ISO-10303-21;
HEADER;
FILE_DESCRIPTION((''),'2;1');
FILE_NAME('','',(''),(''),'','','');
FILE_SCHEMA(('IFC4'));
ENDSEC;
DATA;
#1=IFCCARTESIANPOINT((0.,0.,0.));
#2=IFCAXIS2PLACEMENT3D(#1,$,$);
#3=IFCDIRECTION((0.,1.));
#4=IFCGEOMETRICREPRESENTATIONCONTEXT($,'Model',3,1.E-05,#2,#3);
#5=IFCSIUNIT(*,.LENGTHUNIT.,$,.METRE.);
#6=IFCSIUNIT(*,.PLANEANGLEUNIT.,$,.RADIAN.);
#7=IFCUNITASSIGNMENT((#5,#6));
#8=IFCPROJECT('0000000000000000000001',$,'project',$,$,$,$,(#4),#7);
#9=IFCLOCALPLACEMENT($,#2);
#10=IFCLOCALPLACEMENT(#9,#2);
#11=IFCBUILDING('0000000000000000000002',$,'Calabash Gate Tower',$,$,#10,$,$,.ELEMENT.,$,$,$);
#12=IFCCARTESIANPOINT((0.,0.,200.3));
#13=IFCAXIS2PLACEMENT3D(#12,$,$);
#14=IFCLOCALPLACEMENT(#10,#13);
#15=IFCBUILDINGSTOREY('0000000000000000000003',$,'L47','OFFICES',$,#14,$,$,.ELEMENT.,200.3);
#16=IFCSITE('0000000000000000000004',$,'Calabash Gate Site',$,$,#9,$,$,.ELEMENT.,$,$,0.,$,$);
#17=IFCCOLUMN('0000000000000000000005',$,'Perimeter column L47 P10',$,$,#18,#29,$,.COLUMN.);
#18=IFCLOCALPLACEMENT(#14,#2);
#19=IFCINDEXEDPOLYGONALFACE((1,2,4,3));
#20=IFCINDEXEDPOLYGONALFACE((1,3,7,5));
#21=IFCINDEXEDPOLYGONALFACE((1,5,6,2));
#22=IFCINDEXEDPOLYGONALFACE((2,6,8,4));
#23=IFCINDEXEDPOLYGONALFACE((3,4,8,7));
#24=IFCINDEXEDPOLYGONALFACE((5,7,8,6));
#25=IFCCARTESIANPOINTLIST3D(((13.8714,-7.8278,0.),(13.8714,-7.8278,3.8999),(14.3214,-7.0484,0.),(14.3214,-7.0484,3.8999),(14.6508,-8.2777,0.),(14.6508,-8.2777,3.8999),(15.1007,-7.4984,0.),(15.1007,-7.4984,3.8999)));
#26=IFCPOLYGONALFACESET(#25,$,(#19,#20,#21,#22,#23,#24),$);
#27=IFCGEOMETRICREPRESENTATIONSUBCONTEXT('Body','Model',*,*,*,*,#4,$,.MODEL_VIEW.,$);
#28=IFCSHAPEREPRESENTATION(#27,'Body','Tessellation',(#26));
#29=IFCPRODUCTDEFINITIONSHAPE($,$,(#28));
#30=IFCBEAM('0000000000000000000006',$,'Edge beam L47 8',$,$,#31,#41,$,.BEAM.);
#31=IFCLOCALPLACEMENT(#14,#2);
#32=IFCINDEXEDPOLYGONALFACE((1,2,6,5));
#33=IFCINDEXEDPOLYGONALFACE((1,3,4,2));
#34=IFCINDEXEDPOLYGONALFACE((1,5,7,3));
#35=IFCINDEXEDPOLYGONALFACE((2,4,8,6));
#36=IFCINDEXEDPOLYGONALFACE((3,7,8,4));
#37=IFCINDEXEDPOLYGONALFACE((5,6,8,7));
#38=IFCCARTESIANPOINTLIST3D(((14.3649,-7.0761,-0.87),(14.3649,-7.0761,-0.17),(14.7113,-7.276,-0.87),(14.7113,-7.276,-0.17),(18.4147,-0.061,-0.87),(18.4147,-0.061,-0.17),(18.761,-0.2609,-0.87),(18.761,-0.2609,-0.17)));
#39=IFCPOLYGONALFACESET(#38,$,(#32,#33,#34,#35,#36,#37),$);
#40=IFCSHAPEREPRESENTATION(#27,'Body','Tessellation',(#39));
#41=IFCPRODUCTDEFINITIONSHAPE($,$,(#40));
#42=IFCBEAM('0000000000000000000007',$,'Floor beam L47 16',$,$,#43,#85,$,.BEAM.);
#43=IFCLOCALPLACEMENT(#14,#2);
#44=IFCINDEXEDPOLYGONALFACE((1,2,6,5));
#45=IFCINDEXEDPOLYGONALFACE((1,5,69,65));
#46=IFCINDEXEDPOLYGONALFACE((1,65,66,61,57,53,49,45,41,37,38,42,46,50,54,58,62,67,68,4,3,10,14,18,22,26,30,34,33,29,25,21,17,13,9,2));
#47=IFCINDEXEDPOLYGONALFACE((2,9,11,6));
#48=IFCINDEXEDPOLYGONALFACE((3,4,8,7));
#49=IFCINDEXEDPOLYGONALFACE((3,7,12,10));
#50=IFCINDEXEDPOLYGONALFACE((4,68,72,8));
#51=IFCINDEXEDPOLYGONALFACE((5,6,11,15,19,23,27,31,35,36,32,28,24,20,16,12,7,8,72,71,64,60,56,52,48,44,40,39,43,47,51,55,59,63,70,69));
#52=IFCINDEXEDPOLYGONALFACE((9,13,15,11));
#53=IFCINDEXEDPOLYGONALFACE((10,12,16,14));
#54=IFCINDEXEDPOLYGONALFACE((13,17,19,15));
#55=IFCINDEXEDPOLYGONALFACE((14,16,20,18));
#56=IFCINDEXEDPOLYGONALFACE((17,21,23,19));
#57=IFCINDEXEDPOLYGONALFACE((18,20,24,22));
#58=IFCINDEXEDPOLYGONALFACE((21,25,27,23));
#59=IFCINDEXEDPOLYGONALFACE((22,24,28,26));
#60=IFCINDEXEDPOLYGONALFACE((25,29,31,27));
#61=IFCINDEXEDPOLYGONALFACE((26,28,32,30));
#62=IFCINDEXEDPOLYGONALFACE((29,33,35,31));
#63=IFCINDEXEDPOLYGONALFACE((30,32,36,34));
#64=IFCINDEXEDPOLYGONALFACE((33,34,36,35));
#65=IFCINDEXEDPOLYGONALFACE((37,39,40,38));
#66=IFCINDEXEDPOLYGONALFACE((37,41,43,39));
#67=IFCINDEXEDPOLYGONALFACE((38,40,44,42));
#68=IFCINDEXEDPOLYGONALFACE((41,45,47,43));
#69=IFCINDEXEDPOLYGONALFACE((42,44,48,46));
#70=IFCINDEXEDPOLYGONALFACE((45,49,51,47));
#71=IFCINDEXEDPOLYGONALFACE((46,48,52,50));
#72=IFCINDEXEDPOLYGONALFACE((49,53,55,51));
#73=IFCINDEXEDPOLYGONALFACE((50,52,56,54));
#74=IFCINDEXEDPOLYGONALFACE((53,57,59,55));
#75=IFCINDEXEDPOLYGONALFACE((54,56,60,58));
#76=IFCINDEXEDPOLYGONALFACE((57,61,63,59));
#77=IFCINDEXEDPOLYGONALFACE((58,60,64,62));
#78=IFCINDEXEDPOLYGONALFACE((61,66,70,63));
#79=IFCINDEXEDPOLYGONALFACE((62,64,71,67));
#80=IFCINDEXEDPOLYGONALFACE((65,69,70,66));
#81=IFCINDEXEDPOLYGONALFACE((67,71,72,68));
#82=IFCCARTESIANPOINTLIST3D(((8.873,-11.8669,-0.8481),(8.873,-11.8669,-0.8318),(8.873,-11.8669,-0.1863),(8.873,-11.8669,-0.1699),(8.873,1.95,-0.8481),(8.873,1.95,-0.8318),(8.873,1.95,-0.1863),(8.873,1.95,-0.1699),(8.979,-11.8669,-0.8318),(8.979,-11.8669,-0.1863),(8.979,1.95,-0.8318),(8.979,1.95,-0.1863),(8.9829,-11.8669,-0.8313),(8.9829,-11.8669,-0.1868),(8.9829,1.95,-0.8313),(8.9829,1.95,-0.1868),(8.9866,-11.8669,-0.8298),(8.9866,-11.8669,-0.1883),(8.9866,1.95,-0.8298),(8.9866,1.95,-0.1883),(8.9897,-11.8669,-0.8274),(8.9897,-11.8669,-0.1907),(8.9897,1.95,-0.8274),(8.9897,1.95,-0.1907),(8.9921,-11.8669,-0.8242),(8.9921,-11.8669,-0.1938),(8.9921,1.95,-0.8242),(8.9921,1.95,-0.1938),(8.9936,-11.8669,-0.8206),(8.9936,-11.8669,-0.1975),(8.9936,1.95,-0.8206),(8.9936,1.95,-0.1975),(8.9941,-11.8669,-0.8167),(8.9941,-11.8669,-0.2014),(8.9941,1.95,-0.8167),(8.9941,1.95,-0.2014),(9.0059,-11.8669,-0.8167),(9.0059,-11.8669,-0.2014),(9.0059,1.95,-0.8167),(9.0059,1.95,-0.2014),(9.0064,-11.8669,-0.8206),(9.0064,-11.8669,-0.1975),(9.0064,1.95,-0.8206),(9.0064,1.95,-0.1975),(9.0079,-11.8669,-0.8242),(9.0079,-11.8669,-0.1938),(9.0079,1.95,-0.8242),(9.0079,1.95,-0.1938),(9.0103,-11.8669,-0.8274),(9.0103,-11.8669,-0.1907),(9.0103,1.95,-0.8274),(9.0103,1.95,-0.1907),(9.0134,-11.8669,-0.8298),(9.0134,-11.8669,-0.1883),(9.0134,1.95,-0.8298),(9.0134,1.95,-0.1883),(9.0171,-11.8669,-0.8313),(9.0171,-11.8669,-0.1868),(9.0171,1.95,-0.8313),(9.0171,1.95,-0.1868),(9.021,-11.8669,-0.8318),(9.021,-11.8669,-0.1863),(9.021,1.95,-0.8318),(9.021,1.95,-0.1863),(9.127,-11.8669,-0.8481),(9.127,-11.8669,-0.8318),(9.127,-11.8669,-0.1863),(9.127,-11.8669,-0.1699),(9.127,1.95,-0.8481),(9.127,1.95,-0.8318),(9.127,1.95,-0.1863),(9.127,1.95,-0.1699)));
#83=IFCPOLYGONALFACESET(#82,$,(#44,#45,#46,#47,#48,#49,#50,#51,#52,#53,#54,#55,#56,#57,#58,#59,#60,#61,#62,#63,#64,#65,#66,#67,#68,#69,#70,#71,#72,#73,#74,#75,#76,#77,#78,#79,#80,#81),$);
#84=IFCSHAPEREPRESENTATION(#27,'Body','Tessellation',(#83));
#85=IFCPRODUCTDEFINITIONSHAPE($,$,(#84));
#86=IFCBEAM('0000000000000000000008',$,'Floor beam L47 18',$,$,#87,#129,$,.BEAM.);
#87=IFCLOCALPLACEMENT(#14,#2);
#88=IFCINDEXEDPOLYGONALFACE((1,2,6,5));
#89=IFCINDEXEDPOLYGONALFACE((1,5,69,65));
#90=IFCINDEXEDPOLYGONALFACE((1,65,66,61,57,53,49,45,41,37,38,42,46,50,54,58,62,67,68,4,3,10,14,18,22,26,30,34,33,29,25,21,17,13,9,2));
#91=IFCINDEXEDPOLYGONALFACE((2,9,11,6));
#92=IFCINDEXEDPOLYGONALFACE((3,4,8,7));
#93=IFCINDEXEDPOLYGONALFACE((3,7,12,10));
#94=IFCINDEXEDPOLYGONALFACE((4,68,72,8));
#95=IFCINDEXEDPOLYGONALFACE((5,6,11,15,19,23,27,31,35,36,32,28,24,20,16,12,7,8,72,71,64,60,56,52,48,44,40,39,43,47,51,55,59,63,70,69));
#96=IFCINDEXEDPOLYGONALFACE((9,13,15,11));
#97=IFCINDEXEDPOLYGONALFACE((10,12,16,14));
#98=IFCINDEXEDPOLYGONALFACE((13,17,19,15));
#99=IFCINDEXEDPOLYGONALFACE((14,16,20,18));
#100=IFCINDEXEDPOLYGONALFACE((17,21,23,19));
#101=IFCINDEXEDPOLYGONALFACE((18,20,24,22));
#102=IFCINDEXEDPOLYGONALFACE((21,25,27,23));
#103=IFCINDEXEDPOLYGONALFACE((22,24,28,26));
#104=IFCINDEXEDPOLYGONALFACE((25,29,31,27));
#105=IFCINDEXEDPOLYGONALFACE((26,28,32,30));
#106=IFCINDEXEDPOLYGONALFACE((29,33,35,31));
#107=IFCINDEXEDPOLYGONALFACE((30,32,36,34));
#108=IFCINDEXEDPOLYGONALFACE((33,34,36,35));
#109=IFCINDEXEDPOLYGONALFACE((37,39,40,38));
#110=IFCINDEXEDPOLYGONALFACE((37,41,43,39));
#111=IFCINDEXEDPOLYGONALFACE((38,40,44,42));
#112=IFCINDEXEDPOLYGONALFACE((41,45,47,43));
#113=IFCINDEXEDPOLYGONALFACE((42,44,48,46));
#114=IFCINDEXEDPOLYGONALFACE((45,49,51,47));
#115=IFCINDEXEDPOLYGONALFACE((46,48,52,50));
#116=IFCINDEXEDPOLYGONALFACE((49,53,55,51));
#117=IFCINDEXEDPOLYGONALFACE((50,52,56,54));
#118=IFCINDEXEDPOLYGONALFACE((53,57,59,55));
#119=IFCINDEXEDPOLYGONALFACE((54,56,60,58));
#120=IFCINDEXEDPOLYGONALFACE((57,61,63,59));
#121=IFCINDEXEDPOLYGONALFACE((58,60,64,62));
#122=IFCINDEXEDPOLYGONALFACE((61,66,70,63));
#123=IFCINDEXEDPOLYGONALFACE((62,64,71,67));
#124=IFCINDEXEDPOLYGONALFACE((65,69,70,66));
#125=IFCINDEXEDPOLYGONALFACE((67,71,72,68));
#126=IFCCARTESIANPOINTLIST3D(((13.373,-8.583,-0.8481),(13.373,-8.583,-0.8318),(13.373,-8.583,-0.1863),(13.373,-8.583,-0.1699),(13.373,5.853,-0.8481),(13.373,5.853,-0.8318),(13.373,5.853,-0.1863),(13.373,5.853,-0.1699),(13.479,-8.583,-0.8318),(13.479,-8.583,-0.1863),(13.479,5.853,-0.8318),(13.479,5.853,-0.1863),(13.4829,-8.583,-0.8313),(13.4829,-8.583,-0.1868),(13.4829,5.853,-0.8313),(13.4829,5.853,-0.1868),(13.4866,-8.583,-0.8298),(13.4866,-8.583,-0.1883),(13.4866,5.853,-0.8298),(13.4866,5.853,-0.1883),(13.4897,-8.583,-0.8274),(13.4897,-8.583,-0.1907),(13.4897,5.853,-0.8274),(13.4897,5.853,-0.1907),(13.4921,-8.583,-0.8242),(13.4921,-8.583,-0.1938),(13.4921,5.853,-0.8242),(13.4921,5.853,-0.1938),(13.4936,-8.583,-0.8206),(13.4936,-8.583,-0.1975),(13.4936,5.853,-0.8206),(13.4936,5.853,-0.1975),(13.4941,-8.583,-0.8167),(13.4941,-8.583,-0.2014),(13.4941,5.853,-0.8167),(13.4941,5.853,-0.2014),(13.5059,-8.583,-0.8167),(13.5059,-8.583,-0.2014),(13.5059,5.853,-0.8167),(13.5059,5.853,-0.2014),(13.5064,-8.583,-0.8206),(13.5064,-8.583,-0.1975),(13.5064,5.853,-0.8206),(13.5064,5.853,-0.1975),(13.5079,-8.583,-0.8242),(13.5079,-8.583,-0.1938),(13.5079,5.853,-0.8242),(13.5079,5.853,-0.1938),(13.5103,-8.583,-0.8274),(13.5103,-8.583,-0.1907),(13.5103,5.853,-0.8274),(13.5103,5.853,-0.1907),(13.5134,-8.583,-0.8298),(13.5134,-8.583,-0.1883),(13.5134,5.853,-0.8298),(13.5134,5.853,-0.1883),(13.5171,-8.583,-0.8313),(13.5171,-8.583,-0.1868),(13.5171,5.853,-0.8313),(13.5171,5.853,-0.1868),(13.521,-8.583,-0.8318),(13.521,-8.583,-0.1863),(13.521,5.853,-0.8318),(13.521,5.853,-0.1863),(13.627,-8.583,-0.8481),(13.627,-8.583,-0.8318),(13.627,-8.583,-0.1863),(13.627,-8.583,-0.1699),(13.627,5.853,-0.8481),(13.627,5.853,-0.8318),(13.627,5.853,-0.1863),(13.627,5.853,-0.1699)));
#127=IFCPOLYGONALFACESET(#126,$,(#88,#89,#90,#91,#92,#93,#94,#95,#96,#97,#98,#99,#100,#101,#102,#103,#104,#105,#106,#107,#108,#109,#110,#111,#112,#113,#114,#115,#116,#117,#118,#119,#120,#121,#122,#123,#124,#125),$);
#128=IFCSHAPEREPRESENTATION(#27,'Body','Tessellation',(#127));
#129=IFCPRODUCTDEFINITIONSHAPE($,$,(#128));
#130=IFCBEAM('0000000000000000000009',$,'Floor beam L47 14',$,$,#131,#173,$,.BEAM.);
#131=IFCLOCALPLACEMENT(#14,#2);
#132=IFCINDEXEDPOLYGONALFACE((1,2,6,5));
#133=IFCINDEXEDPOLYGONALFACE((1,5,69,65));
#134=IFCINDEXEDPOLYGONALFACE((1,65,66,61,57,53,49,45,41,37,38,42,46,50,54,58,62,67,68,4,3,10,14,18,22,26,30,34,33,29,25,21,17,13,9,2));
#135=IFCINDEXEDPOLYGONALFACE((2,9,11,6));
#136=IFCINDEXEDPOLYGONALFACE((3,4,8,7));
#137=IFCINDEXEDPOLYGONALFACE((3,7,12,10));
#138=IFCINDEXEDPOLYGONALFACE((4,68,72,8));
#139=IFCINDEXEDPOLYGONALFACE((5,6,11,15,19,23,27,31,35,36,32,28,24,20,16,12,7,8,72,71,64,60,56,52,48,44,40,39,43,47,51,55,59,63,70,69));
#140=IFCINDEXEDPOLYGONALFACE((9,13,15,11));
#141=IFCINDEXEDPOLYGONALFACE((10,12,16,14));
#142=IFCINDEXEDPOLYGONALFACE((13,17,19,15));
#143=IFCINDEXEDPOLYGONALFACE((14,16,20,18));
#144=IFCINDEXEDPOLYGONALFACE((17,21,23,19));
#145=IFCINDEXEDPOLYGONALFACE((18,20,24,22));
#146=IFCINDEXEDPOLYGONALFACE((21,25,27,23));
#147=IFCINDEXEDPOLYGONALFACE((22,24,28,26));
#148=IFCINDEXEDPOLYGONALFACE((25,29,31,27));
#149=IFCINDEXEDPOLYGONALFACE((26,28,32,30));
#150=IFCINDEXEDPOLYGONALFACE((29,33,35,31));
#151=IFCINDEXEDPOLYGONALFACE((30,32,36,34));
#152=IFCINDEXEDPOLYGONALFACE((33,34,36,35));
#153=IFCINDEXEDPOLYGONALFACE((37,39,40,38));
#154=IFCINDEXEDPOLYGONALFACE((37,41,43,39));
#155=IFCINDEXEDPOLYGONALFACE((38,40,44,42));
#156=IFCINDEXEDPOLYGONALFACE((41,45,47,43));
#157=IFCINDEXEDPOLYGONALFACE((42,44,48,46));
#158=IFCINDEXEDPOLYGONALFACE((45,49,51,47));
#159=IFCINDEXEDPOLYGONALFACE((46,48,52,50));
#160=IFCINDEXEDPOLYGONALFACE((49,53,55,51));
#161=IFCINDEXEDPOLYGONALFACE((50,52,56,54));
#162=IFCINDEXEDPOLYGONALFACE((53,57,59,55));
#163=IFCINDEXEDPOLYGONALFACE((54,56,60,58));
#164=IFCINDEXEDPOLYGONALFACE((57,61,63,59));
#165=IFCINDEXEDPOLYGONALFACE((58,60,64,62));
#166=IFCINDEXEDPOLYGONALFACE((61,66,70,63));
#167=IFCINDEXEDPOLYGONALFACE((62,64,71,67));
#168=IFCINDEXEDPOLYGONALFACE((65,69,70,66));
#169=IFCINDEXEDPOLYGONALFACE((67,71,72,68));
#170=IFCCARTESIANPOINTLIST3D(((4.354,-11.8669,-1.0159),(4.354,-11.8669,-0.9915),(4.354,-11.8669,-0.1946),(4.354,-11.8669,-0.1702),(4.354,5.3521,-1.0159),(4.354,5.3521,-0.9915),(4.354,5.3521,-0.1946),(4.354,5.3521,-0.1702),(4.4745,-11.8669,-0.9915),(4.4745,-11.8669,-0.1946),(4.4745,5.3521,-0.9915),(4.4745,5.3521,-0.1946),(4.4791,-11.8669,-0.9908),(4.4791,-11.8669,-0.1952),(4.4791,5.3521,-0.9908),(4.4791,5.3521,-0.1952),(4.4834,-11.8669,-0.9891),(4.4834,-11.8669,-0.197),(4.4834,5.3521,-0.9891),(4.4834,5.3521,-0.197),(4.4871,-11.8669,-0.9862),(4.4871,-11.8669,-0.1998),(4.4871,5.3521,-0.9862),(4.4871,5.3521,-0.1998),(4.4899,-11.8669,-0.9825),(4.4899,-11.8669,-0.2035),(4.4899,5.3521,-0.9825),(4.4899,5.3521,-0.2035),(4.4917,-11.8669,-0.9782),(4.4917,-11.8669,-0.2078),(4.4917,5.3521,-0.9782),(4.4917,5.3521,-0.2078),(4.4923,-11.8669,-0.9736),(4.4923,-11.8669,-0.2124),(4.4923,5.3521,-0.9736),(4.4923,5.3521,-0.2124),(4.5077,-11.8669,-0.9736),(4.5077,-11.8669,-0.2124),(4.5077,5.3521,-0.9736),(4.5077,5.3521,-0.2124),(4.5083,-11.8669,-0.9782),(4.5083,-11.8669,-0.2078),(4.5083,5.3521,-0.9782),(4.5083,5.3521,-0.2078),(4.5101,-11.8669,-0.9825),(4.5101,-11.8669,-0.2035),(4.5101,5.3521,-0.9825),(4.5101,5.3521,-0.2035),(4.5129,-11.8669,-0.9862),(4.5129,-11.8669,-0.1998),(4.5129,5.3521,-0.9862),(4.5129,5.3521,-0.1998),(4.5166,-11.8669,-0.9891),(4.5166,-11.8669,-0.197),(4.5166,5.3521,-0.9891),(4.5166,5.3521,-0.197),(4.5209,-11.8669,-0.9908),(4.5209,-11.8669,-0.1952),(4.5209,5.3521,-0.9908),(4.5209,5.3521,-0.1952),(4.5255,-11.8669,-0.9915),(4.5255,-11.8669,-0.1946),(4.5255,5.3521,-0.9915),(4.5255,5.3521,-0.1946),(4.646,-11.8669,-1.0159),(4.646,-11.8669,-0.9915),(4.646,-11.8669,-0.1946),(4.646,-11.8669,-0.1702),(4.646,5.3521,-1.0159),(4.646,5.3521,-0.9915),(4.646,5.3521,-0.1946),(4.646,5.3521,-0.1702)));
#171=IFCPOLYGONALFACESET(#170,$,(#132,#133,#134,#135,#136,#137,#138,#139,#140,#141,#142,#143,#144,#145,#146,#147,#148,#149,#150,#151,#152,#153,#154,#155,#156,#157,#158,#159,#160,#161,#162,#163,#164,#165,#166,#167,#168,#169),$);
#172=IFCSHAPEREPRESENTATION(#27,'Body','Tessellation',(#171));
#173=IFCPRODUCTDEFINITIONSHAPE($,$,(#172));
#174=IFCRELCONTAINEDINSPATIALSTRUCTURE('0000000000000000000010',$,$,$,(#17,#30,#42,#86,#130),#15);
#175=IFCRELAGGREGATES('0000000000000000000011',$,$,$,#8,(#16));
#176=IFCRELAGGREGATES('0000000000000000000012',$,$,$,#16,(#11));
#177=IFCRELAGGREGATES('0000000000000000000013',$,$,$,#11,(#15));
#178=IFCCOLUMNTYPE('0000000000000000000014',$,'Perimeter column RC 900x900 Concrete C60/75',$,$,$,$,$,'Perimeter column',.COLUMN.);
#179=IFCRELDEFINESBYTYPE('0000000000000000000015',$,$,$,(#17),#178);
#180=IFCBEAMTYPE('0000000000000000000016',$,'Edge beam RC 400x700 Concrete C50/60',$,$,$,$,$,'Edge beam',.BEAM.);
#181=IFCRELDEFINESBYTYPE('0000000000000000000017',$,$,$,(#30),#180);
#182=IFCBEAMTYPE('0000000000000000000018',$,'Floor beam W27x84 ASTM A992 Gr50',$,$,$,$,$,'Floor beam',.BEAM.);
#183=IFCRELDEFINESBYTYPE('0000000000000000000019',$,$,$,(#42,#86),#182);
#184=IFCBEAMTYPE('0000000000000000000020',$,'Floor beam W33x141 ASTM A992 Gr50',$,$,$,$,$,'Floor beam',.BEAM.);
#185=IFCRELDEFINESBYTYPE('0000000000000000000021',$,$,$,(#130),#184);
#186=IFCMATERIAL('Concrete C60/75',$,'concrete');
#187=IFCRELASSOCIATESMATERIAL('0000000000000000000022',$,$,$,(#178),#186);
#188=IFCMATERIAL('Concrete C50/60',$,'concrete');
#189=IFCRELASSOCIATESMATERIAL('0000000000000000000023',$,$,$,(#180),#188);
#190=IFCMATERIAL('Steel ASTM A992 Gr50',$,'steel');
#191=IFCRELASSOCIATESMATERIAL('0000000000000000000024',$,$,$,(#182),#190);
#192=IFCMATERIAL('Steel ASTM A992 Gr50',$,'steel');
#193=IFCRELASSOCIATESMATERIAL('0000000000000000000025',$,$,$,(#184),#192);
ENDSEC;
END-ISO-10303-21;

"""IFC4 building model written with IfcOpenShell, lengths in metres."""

from ifc_helpers import new_model, si_unit, direction, frame, origin, origin_2d, place, context, subcontext, project, spatial, rectangle, i_section, extrude, material, material_profile, profile_set, type_object, element, save


model = new_model("IFC4")

# Units and contexts
model_context = context("Model", 3, precision=1e-05, world=origin(), true_north=direction((0.0, 1.0)))
body_context = subcontext(model_context, "Body", "Model", "MODEL_VIEW")
ifc_project = project(units=[si_unit("LENGTHUNIT", "METRE"), si_unit("PLANEANGLEUNIT", "RADIAN")], contexts=[model_context])

# Site, building, storey
site_placement = place(None, origin())
site = spatial("IfcSite", under=ifc_project, at=site_placement, Name="Calabash Gate Site", CompositionType="ELEMENT", RefElevation=0.0)
building_placement = place(site_placement, origin())
building = spatial("IfcBuilding", under=site, at=building_placement, Name="Calabash Gate Tower", CompositionType="ELEMENT")
storey_placement = place(building_placement, frame((0.0, 0.0, 200.3)))
storey = spatial("IfcBuildingStorey", under=building, at=storey_placement, Name="L47", Description="OFFICES", CompositionType="ELEMENT", Elevation=200.3)

# Column
ifc_material_1 = material(Name="Concrete C60/75", Category="concrete")
ifc_material_profile_1 = material_profile(ifc_material_1, rectangle(XDim=0.8999, YDim=0.8999, at=origin_2d()))
ifc_profile_set_1 = profile_set([ifc_material_profile_1], Name="Concrete C60/75")
column_type = type_object("IfcColumnType", Name="Perimeter column RC 900x900 Concrete C60/75", ElementType="Perimeter column", PredefinedType="COLUMN", material=ifc_profile_set_1)
column_placement = place(storey_placement, frame((14.4861, -7.6631, 0.0), z_axis=(0.0, 0.0, 1.0), x_axis=(0.5, 0.866025, 0.0)))
element("IfcColumn", 1, at=column_placement, inside=storey, type_object=column_type, Name="Perimeter column L47 P10", PredefinedType="COLUMN", context=body_context, shape_type="SweptSolid", body=[
    extrude(rectangle(XDim=0.8999, YDim=0.8999, at=origin_2d()), origin(), (0.0, 0.0, 1.0), 3.8999),
])

# Beams
ifc_material_2 = material(Name="Concrete C50/60", Category="concrete")
ifc_material_profile_2 = material_profile(ifc_material_2, rectangle(XDim=0.3999, YDim=0.7, at=origin_2d()))
ifc_profile_set_2 = profile_set([ifc_material_profile_2], Name="Concrete C50/60")
beam_type_1 = type_object("IfcBeamType", Name="Edge beam RC 400x700 Concrete C50/60", ElementType="Edge beam", PredefinedType="BEAM", material=ifc_profile_set_2)
beam_1_placement = place(storey_placement, frame((14.5381, -7.176, -0.52), z_axis=(0.499964, 0.866046, 0.0), x_axis=(-0.866046, 0.499964, 0.0)))
element("IfcBeam", 2, at=beam_1_placement, inside=storey, type_object=beam_type_1, Name="Edge beam L47 8", PredefinedType="BEAM", context=body_context, shape_type="SweptSolid", body=[
    extrude(rectangle(XDim=0.3999, YDim=0.7, at=origin_2d()), origin(), (0.0, 0.0, 1.0), 8.1001),
])
ifc_material_3 = material(Name="Steel ASTM A992 Gr50", Category="steel")
ifc_material_profile_3 = material_profile(ifc_material_3, i_section(OverallWidth=0.2539, OverallDepth=0.6782, WebThickness=0.0117, FlangeThickness=0.0164, FilletRadius=0.0151, at=origin_2d()))
ifc_profile_set_3 = profile_set([ifc_material_profile_3], Name="Steel ASTM A992 Gr50")
beam_type_2 = type_object("IfcBeamType", Name="Floor beam W27x84 ASTM A992 Gr50", ElementType="Floor beam", PredefinedType="BEAM", material=ifc_profile_set_3)
beam_2_placement = place(storey_placement, frame((9.0, -11.8669, -0.509), z_axis=(0.0, 1.0, 0.0), x_axis=(-1.0, 0.0, 0.0)))
element("IfcBeam", 3, at=beam_2_placement, inside=storey, type_object=beam_type_2, Name="Floor beam L47 16", PredefinedType="BEAM", context=body_context, shape_type="SweptSolid", body=[
    extrude(i_section(OverallWidth=0.2539, OverallDepth=0.6782, WebThickness=0.0117, FlangeThickness=0.0164, FilletRadius=0.0151, at=origin_2d()), origin(), (0.0, 0.0, 1.0), 13.8169),
])
beam_3_placement = place(storey_placement, frame((13.5, -8.583, -0.509), z_axis=(0.0, 1.0, 0.0), x_axis=(-1.0, 0.0, 0.0)))
element("IfcBeam", 4, at=beam_3_placement, inside=storey, type_object=beam_type_2, Name="Floor beam L47 18", PredefinedType="BEAM", context=body_context, shape_type="SweptSolid", body=[
    extrude(i_section(OverallWidth=0.2539, OverallDepth=0.6782, WebThickness=0.0117, FlangeThickness=0.0164, FilletRadius=0.0151, at=origin_2d()), origin(), (0.0, 0.0, 1.0), 14.436),
])
ifc_material_4 = material(Name="Steel ASTM A992 Gr50", Category="steel")
ifc_material_profile_4 = material_profile(ifc_material_4, i_section(OverallWidth=0.292, OverallDepth=0.8457, WebThickness=0.0154, FlangeThickness=0.0244, FilletRadius=0.0178, at=origin_2d()))
ifc_profile_set_4 = profile_set([ifc_material_profile_4], Name="Steel ASTM A992 Gr50")
beam_type_3 = type_object("IfcBeamType", Name="Floor beam W33x141 ASTM A992 Gr50", ElementType="Floor beam", PredefinedType="BEAM", material=ifc_profile_set_4)
beam_4_placement = place(storey_placement, frame((4.5, -11.8669, -0.593), z_axis=(0.0, 1.0, 0.0), x_axis=(-1.0, 0.0, 0.0)))
element("IfcBeam", 5, at=beam_4_placement, inside=storey, type_object=beam_type_3, Name="Floor beam L47 14", PredefinedType="BEAM", context=body_context, shape_type="SweptSolid", body=[
    extrude(i_section(OverallWidth=0.292, OverallDepth=0.8457, WebThickness=0.0154, FlangeThickness=0.0244, FilletRadius=0.0178, at=origin_2d()), origin(), (0.0, 0.0, 1.0), 17.219),
])

save(model, "model.ifc")
